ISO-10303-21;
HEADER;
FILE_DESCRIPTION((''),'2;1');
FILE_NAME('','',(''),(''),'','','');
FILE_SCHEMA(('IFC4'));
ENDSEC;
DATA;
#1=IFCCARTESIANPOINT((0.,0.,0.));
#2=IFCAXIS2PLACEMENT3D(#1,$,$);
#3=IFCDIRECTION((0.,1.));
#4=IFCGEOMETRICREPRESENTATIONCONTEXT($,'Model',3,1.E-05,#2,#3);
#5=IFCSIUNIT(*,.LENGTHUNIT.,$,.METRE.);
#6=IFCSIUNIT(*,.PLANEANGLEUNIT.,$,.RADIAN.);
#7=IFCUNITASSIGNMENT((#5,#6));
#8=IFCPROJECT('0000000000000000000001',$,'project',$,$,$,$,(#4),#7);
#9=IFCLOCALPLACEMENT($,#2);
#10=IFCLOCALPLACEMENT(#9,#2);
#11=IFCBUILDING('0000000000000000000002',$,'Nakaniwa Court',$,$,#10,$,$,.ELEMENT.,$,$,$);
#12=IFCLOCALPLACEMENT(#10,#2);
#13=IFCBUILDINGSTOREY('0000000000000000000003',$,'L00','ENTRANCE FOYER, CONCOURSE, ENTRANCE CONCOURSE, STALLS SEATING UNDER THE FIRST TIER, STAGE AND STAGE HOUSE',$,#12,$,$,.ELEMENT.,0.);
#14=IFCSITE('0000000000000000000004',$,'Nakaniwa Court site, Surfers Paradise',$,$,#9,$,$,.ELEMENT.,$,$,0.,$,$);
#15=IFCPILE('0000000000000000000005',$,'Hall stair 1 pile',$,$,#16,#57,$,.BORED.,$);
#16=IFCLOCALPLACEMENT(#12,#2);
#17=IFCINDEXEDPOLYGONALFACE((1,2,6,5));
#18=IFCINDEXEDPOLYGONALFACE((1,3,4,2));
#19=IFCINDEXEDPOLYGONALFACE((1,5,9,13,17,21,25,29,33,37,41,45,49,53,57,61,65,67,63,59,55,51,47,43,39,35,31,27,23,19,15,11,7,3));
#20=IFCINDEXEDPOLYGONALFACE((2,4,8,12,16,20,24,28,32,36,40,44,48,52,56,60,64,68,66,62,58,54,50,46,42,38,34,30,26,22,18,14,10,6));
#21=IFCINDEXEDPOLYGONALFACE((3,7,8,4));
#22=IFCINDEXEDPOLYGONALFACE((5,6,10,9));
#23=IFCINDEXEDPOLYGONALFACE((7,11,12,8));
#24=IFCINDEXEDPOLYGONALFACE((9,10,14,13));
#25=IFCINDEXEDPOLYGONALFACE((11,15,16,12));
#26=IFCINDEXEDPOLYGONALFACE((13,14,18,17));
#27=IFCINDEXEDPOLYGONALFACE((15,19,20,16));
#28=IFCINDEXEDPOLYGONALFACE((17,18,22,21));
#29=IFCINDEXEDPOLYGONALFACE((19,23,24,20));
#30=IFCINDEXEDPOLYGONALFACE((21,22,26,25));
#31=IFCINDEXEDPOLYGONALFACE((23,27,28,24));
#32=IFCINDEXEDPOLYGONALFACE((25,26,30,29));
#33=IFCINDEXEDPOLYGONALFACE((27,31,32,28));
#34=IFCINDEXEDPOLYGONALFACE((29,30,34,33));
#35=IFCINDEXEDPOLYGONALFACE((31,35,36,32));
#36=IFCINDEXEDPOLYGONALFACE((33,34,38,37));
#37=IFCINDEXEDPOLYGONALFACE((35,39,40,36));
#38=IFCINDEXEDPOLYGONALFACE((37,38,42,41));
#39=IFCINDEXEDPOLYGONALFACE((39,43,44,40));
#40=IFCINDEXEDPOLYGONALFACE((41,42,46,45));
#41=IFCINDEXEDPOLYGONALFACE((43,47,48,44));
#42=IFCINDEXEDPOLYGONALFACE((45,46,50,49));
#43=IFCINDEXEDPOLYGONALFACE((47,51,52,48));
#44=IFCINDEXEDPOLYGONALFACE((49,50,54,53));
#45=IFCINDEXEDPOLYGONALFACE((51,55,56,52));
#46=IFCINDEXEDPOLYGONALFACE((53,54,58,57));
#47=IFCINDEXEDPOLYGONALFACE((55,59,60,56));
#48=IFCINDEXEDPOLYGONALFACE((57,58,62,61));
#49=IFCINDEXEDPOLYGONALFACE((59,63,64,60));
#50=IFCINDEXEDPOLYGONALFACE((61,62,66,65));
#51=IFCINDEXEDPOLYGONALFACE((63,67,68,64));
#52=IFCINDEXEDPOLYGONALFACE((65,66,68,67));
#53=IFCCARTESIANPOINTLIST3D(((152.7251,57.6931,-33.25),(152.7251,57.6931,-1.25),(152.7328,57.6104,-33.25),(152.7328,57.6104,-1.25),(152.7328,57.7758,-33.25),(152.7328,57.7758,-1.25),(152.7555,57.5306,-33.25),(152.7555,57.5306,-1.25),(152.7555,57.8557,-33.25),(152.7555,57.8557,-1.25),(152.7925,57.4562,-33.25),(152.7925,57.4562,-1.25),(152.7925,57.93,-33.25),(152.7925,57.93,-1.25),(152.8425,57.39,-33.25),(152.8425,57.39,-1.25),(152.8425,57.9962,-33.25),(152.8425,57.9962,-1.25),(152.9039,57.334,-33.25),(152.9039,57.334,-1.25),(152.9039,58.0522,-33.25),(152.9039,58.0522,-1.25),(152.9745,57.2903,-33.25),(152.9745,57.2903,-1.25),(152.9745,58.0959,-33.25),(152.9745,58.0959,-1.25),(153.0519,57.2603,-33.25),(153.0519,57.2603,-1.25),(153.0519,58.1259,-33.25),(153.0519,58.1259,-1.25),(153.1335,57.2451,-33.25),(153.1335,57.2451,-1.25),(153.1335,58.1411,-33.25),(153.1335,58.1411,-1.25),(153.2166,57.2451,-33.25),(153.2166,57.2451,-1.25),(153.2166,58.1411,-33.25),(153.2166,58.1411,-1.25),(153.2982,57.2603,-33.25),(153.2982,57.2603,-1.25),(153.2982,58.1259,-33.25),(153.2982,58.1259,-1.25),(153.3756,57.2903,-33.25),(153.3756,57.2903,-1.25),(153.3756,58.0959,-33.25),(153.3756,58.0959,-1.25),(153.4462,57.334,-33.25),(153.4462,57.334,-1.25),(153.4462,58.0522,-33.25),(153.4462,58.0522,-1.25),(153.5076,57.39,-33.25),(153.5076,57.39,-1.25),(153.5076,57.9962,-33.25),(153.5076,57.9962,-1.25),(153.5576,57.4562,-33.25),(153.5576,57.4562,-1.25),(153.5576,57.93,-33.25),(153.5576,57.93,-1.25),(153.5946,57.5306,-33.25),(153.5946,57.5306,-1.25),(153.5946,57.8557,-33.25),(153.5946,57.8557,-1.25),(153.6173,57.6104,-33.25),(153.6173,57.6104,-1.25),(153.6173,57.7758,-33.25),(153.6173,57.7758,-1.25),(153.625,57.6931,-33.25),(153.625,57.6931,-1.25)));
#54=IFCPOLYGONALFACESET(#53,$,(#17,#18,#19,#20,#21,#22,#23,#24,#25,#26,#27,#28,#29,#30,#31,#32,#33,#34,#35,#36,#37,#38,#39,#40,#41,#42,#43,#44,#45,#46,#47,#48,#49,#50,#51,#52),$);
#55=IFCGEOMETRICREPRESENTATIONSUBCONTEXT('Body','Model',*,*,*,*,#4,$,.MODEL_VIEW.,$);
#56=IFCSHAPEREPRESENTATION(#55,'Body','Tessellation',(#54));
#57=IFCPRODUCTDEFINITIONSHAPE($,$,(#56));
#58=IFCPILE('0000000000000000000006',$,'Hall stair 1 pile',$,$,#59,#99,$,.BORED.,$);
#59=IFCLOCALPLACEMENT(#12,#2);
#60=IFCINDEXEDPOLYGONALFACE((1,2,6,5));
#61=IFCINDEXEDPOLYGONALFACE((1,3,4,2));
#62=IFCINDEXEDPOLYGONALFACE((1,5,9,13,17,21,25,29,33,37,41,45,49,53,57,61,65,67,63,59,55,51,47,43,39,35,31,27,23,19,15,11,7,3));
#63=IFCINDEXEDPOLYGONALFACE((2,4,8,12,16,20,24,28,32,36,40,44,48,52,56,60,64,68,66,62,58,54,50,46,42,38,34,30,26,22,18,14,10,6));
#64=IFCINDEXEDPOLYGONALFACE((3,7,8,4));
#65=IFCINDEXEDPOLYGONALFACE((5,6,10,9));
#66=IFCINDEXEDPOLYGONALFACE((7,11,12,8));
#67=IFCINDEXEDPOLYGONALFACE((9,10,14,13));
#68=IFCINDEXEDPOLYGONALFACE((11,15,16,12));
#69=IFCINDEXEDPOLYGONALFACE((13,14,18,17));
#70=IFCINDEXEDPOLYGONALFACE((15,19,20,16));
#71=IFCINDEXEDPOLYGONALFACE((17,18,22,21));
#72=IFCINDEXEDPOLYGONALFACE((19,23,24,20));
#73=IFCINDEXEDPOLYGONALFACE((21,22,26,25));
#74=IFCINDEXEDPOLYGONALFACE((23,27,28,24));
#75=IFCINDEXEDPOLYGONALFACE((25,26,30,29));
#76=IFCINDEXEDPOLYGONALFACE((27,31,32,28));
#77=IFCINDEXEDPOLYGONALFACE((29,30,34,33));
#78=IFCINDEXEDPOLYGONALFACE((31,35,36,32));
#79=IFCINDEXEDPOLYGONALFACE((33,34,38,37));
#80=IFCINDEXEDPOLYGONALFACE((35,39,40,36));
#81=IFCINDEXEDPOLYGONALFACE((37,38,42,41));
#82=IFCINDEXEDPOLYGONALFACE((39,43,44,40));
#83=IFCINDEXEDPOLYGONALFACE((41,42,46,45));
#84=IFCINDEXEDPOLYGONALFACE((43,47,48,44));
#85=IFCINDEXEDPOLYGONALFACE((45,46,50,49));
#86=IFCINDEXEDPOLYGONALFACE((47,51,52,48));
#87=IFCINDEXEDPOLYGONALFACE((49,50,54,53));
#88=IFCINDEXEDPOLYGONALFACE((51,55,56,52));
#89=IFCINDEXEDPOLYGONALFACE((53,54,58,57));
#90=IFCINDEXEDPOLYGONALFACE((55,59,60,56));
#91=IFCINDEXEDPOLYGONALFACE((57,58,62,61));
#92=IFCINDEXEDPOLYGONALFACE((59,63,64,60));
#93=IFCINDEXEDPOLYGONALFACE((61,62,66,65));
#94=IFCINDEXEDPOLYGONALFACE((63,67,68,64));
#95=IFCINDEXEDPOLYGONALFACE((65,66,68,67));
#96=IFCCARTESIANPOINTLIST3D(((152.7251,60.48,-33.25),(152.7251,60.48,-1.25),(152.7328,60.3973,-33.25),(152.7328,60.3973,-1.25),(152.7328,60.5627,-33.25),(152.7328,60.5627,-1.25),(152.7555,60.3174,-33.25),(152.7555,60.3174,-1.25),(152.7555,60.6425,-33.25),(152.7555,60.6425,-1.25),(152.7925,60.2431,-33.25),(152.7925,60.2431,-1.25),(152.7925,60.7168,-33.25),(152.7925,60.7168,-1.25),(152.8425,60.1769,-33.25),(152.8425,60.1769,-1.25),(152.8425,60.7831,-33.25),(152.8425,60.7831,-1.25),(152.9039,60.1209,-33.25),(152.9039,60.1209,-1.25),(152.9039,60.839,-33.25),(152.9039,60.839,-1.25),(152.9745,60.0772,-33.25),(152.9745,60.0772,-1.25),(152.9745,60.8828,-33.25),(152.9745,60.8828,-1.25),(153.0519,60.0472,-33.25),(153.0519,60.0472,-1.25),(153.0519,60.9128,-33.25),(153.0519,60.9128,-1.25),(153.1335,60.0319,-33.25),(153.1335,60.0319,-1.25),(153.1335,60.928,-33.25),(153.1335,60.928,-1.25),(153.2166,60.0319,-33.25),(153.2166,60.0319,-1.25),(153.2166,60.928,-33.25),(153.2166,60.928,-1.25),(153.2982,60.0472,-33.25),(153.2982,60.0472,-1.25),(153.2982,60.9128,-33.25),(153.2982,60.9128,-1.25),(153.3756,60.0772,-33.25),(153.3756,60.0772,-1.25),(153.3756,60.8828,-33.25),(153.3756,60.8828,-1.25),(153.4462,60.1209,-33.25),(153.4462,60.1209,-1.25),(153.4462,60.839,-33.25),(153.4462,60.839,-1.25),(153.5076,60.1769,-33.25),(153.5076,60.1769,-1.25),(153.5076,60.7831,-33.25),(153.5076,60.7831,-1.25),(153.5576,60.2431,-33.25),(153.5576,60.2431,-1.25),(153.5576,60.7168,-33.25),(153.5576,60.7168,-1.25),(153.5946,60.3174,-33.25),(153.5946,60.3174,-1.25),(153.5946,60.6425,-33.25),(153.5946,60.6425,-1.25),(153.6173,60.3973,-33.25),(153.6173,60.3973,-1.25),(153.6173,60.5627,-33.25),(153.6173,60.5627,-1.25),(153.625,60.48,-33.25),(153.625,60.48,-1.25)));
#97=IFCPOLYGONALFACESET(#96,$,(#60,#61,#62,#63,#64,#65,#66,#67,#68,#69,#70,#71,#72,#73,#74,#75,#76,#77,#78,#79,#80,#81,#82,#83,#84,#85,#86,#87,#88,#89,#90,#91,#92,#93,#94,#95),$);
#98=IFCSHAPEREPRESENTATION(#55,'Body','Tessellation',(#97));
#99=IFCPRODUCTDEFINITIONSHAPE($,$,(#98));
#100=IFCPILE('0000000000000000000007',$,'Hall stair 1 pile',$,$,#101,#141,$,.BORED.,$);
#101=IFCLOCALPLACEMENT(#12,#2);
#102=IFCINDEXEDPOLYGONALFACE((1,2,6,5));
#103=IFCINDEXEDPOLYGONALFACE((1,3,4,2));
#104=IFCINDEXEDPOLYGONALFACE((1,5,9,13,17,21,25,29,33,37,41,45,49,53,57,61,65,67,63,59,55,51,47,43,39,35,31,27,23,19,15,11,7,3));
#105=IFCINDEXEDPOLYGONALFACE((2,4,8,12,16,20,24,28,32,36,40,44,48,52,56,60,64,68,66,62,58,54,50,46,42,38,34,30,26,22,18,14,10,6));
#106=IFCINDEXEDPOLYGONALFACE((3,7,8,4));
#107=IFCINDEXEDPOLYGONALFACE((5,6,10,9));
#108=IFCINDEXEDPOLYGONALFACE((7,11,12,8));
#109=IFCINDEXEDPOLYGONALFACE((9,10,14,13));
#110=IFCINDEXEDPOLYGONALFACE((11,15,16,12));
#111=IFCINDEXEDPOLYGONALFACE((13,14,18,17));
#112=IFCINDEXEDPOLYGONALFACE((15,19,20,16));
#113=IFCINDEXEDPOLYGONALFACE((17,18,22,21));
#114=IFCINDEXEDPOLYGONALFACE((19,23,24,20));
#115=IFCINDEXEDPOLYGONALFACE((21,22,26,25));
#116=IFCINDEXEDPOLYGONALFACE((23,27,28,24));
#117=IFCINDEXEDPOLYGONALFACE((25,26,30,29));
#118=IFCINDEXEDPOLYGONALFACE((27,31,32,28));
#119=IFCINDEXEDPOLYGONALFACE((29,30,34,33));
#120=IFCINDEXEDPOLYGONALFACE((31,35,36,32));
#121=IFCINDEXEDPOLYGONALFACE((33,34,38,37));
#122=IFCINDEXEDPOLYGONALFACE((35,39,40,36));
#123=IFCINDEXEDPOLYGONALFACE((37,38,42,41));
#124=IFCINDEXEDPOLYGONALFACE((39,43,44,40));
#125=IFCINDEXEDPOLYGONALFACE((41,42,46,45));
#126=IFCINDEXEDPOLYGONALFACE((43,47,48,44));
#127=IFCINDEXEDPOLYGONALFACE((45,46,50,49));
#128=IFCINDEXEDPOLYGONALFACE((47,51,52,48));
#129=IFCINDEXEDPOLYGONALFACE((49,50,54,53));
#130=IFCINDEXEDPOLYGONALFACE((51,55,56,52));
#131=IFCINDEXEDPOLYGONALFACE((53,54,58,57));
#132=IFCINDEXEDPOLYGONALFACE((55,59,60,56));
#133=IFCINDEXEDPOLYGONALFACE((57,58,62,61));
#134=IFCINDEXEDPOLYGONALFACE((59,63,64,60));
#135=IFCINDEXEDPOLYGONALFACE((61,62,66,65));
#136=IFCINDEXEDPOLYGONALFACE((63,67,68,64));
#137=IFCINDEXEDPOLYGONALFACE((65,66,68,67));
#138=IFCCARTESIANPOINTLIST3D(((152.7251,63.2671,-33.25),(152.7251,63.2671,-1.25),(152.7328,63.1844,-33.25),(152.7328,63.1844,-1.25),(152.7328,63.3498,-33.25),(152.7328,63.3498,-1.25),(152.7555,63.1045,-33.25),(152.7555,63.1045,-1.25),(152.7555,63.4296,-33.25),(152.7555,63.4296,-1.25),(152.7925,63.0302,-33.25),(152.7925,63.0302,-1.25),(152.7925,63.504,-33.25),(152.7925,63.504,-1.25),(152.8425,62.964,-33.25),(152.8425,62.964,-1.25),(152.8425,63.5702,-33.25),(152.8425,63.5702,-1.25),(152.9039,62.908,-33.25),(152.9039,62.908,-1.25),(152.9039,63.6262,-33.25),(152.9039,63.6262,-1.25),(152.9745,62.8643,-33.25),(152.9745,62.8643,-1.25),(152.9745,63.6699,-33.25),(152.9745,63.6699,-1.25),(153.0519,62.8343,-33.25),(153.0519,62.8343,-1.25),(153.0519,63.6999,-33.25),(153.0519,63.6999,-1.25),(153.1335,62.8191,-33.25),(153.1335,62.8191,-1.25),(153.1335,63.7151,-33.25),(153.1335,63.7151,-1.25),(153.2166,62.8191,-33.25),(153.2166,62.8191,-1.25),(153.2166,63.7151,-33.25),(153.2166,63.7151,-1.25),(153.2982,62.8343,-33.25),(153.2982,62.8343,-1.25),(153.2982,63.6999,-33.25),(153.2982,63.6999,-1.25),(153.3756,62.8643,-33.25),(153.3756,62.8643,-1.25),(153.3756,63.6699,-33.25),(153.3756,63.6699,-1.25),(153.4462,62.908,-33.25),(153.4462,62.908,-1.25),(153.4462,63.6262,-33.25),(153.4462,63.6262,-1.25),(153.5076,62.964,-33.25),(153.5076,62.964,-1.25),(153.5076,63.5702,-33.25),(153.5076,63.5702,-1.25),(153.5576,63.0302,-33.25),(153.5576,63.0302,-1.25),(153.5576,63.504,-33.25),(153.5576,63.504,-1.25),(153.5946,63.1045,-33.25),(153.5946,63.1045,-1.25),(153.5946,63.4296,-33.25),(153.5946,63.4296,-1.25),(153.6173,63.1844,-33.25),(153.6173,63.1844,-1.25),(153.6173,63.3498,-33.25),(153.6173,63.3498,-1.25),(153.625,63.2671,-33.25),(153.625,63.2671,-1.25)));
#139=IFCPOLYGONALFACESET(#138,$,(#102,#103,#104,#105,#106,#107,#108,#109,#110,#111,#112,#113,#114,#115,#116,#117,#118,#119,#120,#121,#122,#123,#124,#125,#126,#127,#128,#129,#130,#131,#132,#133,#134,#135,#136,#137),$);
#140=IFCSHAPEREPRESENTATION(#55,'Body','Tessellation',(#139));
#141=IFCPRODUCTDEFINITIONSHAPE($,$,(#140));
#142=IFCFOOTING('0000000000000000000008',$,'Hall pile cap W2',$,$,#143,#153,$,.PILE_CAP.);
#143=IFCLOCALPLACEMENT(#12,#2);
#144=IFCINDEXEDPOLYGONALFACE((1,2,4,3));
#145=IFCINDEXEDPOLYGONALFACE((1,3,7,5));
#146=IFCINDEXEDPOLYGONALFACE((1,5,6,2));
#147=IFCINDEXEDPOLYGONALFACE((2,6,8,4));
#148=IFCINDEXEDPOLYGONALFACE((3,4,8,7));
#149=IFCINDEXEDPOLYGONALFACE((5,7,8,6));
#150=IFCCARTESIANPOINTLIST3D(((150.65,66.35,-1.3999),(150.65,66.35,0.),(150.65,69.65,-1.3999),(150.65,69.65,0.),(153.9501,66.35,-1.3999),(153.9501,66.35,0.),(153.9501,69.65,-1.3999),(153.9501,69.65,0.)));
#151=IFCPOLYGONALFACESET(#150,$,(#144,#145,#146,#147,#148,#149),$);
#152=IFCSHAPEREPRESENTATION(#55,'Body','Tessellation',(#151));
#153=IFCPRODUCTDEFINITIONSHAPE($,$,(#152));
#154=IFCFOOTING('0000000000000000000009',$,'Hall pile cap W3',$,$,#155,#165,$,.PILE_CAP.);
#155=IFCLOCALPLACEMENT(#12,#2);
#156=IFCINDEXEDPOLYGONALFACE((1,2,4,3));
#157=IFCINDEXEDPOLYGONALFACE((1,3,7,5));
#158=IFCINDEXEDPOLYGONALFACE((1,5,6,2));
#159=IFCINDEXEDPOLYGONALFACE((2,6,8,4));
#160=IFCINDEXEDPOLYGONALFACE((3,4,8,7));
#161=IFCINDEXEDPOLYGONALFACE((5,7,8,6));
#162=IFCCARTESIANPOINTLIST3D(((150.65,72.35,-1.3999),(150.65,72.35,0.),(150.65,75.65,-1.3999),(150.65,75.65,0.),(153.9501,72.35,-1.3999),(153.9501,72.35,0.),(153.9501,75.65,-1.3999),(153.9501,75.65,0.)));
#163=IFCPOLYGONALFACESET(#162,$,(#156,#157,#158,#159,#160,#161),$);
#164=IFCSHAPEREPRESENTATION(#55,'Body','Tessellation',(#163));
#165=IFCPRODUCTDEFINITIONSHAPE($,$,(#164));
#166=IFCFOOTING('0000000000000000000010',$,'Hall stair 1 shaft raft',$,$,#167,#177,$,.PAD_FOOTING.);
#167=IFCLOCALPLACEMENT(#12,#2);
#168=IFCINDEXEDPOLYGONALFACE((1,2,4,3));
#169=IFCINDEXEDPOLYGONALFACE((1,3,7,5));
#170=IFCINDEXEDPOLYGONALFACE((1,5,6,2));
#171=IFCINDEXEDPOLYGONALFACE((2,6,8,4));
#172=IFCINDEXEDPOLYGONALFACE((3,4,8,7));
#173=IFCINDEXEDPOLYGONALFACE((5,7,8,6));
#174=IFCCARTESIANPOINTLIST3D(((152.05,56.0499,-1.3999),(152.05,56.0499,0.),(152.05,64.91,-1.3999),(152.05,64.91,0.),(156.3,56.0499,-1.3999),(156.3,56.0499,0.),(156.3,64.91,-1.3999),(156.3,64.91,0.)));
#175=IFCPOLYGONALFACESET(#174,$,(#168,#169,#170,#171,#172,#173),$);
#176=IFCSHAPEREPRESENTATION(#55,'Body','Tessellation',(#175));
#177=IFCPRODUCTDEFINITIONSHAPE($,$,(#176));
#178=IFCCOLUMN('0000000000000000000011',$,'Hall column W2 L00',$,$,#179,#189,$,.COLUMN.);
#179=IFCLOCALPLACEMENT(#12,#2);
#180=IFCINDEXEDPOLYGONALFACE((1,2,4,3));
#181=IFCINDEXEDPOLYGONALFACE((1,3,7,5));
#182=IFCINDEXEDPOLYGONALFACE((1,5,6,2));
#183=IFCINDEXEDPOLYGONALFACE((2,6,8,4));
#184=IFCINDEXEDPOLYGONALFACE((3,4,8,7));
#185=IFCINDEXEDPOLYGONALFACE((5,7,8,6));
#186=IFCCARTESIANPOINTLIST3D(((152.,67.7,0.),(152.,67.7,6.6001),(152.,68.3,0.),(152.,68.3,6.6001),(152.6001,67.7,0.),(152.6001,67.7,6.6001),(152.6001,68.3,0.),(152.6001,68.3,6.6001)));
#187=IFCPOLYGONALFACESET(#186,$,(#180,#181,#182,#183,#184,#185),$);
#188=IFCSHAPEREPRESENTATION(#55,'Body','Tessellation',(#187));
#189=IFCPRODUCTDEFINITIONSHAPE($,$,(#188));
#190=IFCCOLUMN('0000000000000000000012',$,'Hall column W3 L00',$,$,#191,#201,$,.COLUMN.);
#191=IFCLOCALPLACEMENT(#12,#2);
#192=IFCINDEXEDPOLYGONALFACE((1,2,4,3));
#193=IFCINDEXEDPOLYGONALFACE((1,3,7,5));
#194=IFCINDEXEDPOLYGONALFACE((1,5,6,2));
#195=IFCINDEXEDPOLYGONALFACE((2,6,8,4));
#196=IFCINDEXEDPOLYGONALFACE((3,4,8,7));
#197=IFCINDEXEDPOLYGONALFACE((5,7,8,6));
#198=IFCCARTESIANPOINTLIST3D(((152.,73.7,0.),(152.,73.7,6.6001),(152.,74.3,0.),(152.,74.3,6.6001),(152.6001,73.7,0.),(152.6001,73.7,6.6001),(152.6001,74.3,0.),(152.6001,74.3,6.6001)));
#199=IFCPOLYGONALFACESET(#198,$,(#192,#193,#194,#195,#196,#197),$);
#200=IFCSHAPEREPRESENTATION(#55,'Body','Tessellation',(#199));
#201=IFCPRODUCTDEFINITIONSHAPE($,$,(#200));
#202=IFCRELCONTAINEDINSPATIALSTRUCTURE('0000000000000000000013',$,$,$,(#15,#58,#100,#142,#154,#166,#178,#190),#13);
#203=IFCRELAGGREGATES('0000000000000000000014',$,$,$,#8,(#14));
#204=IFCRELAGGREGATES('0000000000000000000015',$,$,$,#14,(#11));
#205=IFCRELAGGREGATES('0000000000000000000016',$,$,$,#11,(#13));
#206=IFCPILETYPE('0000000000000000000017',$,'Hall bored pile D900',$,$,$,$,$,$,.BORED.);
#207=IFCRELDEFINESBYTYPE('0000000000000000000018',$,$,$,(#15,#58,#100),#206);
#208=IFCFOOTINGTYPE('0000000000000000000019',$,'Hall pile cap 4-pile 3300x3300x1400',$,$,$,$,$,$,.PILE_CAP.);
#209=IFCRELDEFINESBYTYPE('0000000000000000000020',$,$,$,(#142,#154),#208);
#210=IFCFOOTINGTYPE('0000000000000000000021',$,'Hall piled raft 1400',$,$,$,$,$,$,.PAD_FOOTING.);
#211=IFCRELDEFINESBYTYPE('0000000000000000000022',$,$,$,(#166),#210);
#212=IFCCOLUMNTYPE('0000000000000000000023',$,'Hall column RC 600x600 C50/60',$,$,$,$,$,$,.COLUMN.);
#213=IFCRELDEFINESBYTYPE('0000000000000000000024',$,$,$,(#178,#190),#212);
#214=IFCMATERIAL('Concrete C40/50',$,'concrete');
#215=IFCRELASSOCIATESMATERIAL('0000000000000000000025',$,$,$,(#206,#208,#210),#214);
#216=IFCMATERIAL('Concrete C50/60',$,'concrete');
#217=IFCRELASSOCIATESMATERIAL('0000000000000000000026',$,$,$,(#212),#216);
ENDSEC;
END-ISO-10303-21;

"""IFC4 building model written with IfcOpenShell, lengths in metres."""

from ifc_helpers import new_model, si_unit, direction, frame, origin, origin_2d, place, context, subcontext, project, spatial, rectangle, circle, extrude, material, material_profile, profile_set, type_object, element, save


model = new_model("IFC4")

# Units and contexts
model_context = context("Model", 3, precision=1e-05, world=origin(), true_north=direction((0.0, 1.0)))
body_context = subcontext(model_context, "Body", "Model", "MODEL_VIEW")
ifc_project = project(units=[si_unit("LENGTHUNIT", "METRE"), si_unit("PLANEANGLEUNIT", "RADIAN")], contexts=[model_context])

# Site, building, storey
site_placement = place(None, origin())
site = spatial("IfcSite", under=ifc_project, at=site_placement, Name="Nakaniwa Court site, Surfers Paradise", CompositionType="ELEMENT", RefElevation=0.0)
building_placement = place(site_placement, origin())
building = spatial("IfcBuilding", under=site, at=building_placement, Name="Nakaniwa Court", CompositionType="ELEMENT")
storey_placement = place(building_placement, origin())
storey = spatial("IfcBuildingStorey", under=building, at=storey_placement, Name="L00", Description="ENTRANCE FOYER, CONCOURSE, ENTRANCE CONCOURSE, STALLS SEATING UNDER THE FIRST TIER, STAGE AND STAGE HOUSE", CompositionType="ELEMENT", Elevation=0.0)

# Piles
ifc_material_1 = material(Name="Concrete C40/50", Category="concrete")
ifc_material_profile_1 = material_profile(ifc_material_1, circle(Radius=0.45, at=origin_2d()), Name="Bored pile D900")
ifc_profile_set_1 = profile_set([ifc_material_profile_1], Name="Concrete C40/50")
pile_type = type_object("IfcPileType", Name="Hall bored pile D900", PredefinedType="BORED", material=ifc_profile_set_1)
for number, where, z_axis, x_axis, name in (
    (1, (153.175, 57.6931, -1.25), (0.0, 0.0, -1.0), (1.0, 0.0, 0.0), "Hall stair 1 pile"),
    (2, (153.175, 60.48, -1.25), (0.0, 0.0, -1.0), (1.0, 0.0, 0.0), "Hall stair 1 pile"),
    (3, (153.175, 63.2671, -1.25), (0.0, 0.0, -1.0), (1.0, 0.0, 0.0), "Hall stair 1 pile"),
):
    element("IfcPile", number, at=place(storey_placement, frame(where, z_axis=z_axis, x_axis=x_axis)), inside=storey, type_object=pile_type, Name=name, PredefinedType="BORED", context=body_context, shape_type="SweptSolid", body=[
        extrude(circle(Radius=0.45, at=origin_2d()), origin(), (0.0, 0.0, 1.0), 32.0),
    ])

# Footings
footing_type_1 = type_object("IfcFootingType", Name="Hall pile cap 4-pile 3300x3300x1400", PredefinedType="PILE_CAP", material=ifc_material_1)
for number, where, z_axis, x_axis, name in (
    (4, (152.3, 68.0, -1.3999), (0.0, 0.0, 1.0), (1.0, 0.0, 0.0), "Hall pile cap W2"),
    (5, (152.3, 74.0, -1.3999), (0.0, 0.0, 1.0), (1.0, 0.0, 0.0), "Hall pile cap W3"),
):
    element("IfcFooting", number, at=place(storey_placement, frame(where, z_axis=z_axis, x_axis=x_axis)), inside=storey, type_object=footing_type_1, Name=name, PredefinedType="PILE_CAP", context=body_context, shape_type="SweptSolid", body=[
        extrude(rectangle(XDim=3.3, YDim=3.3, at=origin_2d()), origin(), (0.0, 0.0, 1.0), 1.3999),
    ])
footing_type_2 = type_object("IfcFootingType", Name="Hall piled raft 1400", PredefinedType="PAD_FOOTING", material=ifc_material_1)
footing_placement = place(storey_placement, frame((154.175, 60.48, -1.3999), z_axis=(0.0, 0.0, 1.0), x_axis=(1.0, 0.0, 0.0)))
element("IfcFooting", 6, at=footing_placement, inside=storey, type_object=footing_type_2, Name="Hall stair 1 shaft raft", PredefinedType="PAD_FOOTING", context=body_context, shape_type="SweptSolid", body=[
    extrude(rectangle(XDim=4.25, YDim=8.8601, at=origin_2d()), origin(), (0.0, 0.0, 1.0), 1.3999),
])

# Columns
ifc_material_2 = material(Name="Concrete C50/60", Category="concrete")
ifc_material_profile_2 = material_profile(ifc_material_2, rectangle(XDim=0.6001, YDim=0.6001, at=origin_2d()), Name="RC 600x600")
ifc_profile_set_2 = profile_set([ifc_material_profile_2], Name="Concrete C50/60")
column_type = type_object("IfcColumnType", Name="Hall column RC 600x600 C50/60", PredefinedType="COLUMN", material=ifc_profile_set_2)
for number, where, z_axis, x_axis, name in (
    (7, (152.3, 68.0, 0.0), (0.0, 0.0, 1.0), (1.0, 0.0, 0.0), "Hall column W2 L00"),
    (8, (152.3, 74.0, 0.0), (0.0, 0.0, 1.0), (1.0, 0.0, 0.0), "Hall column W3 L00"),
):
    element("IfcColumn", number, at=place(storey_placement, frame(where, z_axis=z_axis, x_axis=x_axis)), inside=storey, type_object=column_type, Name=name, PredefinedType="COLUMN", context=body_context, shape_type="SweptSolid", body=[
        extrude(rectangle(XDim=0.6001, YDim=0.6001, at=origin_2d()), origin(), (0.0, 0.0, 1.0), 6.6001),
    ])

save(model, "model.ifc")
